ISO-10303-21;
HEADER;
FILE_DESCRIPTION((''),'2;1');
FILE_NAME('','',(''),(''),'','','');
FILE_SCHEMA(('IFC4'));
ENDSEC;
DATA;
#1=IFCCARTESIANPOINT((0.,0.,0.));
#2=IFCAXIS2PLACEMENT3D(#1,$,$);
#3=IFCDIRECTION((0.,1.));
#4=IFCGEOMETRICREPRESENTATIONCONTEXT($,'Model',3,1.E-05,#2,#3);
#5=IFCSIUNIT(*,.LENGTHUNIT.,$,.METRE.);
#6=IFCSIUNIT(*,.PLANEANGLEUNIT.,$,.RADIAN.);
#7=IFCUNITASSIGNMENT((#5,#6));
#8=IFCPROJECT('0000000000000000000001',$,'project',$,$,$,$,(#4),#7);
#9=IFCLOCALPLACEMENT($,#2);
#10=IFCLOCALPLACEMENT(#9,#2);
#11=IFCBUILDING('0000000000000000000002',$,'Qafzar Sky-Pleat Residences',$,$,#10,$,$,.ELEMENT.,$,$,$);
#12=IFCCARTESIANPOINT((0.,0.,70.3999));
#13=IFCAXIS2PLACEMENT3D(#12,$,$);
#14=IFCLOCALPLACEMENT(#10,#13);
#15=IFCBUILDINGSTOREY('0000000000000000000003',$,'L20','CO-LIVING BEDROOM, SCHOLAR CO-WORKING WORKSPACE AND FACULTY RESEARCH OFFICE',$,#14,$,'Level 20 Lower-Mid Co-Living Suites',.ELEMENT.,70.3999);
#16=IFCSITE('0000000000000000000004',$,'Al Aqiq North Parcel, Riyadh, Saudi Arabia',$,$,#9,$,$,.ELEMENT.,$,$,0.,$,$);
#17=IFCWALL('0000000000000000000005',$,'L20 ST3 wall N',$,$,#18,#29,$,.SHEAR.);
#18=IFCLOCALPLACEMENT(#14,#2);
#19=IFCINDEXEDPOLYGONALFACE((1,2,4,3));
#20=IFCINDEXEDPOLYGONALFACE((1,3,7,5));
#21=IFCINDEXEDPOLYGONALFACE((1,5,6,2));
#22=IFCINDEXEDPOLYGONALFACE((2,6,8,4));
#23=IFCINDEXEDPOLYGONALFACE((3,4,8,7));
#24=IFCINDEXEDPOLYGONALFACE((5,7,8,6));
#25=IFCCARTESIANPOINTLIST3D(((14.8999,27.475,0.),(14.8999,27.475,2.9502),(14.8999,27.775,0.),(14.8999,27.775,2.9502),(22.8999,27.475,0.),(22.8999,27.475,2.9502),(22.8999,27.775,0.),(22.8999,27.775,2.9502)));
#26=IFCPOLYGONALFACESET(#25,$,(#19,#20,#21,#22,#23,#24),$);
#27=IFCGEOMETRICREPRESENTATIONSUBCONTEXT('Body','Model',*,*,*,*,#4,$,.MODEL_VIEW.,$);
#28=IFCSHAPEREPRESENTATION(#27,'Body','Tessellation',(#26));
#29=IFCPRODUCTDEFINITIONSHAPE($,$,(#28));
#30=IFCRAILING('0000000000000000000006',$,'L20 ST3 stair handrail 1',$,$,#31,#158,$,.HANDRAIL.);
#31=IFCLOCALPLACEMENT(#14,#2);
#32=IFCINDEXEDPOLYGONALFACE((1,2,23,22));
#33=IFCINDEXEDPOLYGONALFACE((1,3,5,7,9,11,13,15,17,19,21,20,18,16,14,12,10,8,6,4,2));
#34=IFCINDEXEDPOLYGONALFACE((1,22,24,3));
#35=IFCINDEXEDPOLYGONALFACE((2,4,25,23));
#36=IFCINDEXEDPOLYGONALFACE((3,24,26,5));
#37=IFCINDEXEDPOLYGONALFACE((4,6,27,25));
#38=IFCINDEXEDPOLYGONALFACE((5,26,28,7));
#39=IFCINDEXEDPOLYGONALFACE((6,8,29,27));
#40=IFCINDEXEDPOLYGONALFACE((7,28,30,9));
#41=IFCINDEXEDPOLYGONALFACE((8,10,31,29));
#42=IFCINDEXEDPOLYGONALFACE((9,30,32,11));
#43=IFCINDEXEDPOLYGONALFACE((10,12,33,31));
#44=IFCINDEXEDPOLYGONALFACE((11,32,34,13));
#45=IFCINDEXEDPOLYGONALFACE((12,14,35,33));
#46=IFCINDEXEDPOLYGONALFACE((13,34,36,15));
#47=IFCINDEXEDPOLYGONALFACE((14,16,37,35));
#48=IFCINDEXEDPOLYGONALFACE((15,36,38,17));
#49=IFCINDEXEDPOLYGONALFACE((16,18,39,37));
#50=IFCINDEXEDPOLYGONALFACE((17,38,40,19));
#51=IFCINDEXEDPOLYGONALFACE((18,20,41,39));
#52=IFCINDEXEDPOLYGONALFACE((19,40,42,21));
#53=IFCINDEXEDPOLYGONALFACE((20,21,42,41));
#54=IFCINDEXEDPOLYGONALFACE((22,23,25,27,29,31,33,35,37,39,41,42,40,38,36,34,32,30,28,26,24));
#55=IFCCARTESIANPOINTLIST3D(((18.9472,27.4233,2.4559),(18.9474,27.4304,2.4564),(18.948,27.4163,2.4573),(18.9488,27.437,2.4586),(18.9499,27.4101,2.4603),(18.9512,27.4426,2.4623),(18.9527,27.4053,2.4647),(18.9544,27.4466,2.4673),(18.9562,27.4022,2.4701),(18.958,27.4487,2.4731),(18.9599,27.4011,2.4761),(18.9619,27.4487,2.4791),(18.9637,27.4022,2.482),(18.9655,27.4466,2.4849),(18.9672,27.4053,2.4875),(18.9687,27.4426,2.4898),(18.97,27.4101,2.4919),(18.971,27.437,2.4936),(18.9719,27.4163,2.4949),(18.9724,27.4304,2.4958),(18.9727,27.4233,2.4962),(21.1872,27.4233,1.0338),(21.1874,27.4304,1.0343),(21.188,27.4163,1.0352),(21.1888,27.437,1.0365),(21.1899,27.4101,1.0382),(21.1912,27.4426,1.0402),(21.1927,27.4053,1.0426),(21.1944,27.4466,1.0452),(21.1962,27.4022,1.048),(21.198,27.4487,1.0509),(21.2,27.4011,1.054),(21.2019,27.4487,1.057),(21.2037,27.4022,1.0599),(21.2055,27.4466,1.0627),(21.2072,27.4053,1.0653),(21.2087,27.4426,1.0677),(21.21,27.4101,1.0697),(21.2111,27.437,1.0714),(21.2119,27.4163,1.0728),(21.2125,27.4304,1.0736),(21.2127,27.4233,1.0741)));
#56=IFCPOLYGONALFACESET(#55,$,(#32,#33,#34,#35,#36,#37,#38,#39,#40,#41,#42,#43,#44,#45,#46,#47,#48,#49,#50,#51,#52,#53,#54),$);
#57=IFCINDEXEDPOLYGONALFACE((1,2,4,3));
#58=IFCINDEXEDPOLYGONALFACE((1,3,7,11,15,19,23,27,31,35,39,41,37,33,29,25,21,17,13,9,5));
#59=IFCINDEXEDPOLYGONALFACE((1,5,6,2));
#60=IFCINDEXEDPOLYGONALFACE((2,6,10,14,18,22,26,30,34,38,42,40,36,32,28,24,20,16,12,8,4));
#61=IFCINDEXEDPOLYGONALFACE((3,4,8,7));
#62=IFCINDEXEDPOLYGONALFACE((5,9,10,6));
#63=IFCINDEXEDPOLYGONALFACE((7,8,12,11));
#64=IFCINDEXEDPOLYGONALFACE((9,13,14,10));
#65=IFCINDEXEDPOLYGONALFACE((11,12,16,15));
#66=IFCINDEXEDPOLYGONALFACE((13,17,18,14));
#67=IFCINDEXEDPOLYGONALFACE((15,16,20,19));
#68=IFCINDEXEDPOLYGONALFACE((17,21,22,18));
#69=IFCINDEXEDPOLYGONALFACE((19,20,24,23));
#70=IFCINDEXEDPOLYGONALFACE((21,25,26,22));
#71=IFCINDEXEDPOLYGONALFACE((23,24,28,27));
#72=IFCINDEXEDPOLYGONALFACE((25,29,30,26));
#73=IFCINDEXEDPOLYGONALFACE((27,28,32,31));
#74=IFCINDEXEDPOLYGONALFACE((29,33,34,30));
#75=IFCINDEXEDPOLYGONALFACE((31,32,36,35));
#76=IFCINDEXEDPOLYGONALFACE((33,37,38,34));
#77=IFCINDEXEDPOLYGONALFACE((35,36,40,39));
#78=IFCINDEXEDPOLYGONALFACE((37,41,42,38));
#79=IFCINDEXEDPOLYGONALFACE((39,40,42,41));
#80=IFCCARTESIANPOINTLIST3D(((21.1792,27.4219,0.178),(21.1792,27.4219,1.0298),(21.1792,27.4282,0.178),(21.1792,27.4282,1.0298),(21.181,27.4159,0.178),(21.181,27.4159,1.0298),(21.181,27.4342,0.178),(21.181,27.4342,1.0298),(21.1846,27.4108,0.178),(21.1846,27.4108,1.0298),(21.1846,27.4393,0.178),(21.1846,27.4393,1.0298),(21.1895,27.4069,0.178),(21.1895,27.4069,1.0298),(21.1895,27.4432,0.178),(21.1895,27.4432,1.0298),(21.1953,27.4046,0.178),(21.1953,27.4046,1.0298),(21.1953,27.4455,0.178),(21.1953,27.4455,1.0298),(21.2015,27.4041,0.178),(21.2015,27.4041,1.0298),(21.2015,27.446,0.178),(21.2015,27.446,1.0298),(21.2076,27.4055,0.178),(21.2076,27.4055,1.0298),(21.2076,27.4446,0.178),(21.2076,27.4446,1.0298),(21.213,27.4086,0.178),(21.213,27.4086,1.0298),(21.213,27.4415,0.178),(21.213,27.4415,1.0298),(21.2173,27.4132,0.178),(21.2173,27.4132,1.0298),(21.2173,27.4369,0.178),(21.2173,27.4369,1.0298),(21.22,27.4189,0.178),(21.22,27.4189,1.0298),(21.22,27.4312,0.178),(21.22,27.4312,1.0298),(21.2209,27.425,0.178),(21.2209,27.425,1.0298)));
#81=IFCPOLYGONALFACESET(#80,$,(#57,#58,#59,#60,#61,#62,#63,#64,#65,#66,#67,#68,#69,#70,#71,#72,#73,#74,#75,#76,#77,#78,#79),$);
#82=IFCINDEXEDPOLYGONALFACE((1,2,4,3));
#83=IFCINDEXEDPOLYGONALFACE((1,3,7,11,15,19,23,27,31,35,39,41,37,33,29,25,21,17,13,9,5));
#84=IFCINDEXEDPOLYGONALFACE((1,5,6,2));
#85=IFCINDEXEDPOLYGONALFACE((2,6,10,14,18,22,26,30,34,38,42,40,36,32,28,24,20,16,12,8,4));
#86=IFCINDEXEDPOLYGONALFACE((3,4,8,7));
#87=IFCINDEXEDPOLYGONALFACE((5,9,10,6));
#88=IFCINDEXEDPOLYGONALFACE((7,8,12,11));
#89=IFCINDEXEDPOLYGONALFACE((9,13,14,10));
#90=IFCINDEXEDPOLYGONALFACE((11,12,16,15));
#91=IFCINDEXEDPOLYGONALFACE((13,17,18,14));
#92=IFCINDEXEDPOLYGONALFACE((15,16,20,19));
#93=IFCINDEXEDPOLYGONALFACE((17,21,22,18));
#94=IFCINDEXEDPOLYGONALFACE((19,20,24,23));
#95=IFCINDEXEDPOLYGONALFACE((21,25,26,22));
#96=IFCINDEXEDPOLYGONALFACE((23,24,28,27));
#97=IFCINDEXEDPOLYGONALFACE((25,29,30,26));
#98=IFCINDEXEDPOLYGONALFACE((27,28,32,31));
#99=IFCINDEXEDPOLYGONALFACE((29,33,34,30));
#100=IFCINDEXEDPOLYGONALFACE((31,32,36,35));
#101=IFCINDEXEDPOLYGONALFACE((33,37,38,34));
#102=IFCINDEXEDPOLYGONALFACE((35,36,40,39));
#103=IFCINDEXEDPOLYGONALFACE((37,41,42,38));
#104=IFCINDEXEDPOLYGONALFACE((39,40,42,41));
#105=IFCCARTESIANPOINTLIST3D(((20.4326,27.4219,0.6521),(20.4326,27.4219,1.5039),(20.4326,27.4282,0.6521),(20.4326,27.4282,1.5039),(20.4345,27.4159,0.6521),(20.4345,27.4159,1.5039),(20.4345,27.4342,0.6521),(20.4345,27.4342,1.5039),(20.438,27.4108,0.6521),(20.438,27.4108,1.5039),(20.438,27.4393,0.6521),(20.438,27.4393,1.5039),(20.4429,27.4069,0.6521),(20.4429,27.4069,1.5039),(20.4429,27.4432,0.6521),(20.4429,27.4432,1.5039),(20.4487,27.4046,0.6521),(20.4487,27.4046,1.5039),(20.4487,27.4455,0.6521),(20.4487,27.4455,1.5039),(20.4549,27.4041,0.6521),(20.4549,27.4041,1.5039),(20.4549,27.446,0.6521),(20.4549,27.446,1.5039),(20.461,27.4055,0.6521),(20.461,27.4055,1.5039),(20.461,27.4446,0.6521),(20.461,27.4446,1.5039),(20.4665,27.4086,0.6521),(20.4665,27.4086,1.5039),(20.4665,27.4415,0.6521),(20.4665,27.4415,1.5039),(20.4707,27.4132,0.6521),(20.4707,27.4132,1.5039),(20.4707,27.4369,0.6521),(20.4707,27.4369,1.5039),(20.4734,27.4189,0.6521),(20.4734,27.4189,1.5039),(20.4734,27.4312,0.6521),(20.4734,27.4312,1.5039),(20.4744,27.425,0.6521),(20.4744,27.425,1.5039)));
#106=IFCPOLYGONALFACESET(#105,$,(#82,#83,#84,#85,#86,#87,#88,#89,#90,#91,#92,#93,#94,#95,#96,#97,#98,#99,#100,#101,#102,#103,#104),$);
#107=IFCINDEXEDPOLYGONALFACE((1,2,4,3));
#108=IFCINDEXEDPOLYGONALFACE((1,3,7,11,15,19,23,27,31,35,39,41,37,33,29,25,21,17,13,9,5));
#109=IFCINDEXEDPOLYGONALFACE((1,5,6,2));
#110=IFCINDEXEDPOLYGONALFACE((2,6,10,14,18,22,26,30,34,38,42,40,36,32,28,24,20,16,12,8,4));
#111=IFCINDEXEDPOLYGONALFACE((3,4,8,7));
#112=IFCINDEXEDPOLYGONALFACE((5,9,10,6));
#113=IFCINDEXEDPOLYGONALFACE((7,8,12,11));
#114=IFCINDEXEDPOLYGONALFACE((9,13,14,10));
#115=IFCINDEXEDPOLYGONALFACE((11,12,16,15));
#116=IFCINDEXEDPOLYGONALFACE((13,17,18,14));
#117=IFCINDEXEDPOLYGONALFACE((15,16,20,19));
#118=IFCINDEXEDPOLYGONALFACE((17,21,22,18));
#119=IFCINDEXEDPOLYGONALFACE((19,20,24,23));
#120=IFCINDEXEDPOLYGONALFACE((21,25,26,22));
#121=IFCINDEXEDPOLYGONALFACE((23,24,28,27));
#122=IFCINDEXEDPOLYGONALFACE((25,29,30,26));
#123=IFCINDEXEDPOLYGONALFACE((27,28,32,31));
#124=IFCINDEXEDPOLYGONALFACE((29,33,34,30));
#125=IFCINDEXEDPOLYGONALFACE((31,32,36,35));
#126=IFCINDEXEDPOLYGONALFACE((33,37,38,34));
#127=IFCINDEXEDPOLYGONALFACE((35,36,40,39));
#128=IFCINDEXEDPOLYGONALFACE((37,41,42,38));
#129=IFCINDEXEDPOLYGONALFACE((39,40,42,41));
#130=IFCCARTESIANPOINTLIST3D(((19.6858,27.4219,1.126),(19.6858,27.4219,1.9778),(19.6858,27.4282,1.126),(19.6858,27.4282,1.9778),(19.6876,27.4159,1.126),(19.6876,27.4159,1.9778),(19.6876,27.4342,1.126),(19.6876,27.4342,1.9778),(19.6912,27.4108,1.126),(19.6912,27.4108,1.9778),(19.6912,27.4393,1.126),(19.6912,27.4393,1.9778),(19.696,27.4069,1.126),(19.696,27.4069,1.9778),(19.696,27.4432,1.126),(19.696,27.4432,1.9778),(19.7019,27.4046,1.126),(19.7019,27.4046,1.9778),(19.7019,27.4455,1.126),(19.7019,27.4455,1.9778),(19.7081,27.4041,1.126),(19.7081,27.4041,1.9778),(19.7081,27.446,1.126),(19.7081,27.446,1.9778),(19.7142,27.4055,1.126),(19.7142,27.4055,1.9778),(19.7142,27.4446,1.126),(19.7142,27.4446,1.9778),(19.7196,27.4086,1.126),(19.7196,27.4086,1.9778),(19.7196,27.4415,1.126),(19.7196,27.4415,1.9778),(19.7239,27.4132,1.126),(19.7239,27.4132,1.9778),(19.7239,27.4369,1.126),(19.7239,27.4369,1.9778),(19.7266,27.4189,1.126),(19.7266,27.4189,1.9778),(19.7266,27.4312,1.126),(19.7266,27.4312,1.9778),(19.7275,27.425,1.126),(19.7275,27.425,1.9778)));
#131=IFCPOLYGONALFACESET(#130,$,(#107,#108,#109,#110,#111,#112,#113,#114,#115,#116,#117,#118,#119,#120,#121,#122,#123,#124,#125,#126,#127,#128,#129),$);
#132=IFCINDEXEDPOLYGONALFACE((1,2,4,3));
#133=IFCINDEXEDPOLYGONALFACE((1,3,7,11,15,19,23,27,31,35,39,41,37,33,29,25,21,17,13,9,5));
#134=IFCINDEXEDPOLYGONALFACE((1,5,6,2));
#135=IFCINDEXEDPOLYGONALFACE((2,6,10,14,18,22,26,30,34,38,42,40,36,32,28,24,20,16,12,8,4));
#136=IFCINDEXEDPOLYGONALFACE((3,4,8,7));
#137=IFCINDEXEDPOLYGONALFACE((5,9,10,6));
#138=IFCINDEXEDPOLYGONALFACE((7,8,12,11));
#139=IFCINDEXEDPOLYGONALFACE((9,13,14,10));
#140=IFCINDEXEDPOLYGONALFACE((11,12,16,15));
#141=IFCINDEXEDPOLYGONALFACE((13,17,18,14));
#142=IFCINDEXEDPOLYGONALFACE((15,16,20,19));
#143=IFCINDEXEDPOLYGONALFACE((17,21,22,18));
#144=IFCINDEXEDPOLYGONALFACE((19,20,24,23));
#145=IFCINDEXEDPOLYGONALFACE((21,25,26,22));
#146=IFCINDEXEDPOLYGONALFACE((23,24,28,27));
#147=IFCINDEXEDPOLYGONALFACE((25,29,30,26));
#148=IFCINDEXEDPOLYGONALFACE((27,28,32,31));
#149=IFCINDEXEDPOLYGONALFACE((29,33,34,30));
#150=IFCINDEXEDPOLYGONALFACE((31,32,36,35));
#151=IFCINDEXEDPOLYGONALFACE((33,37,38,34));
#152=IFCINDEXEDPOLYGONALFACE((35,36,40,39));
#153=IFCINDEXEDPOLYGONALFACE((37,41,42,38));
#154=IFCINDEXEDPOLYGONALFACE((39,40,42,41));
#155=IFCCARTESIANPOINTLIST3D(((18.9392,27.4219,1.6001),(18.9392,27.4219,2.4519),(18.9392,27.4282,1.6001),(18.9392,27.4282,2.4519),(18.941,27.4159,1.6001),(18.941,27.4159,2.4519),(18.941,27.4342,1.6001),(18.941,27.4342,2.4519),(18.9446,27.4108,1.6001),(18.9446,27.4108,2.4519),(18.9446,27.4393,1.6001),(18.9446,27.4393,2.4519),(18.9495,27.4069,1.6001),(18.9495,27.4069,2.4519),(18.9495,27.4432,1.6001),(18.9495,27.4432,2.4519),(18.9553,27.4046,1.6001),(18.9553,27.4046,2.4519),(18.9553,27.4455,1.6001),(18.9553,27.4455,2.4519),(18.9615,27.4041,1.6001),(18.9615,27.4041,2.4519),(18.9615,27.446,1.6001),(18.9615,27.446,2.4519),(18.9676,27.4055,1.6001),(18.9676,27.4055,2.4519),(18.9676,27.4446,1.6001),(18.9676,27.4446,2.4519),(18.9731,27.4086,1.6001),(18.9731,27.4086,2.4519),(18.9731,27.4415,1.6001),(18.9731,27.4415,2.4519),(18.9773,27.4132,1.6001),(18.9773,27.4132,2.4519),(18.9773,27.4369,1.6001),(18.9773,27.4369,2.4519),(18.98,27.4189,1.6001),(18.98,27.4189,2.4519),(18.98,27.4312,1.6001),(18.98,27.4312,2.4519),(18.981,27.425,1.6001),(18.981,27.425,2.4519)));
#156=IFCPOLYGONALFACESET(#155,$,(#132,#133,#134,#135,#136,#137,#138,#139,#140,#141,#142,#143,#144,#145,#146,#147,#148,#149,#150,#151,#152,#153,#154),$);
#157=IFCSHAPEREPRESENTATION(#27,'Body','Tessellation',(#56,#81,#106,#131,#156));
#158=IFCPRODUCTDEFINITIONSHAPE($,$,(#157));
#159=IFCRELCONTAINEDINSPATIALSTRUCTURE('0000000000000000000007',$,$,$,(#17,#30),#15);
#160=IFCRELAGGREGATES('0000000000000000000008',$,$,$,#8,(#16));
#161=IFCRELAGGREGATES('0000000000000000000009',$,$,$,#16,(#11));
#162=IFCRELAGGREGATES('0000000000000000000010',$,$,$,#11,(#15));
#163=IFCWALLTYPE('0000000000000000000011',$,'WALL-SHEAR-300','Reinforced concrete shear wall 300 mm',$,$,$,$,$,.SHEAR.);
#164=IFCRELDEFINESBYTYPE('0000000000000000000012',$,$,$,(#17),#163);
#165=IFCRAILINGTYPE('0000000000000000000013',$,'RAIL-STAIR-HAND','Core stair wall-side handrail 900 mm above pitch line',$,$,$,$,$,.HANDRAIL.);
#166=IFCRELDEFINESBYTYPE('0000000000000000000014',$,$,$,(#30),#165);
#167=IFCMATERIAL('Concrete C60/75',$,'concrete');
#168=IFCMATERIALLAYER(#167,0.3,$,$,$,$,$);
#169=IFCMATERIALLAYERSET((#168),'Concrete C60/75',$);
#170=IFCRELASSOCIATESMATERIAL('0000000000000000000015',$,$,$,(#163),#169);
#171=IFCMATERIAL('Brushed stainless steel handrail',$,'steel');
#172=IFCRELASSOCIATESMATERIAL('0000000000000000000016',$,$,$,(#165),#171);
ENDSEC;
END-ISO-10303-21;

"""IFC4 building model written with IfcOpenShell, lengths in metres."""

from ifc_helpers import new_model, si_unit, direction, frame, frame_2d, origin, origin_2d, place, context, subcontext, project, spatial, rectangle, circle, extrude, source, transform, mapped, material, layer, layer_set, type_object, element, save


model = new_model("IFC4")

# Units and contexts
model_context = context("Model", 3, precision=1e-05, world=origin(), true_north=direction((0.0, 1.0)))
body_context = subcontext(model_context, "Body", "Model", "MODEL_VIEW")
ifc_project = project(units=[si_unit("LENGTHUNIT", "METRE"), si_unit("PLANEANGLEUNIT", "RADIAN")], contexts=[model_context])

# Site, building, storey
site_placement = place(None, origin())
site = spatial("IfcSite", under=ifc_project, at=site_placement, Name="Al Aqiq North Parcel, Riyadh, Saudi Arabia", CompositionType="ELEMENT", RefElevation=0.0)
building_placement = place(site_placement, origin())
building = spatial("IfcBuilding", under=site, at=building_placement, Name="Qafzar Sky-Pleat Residences", CompositionType="ELEMENT")
storey_placement = place(building_placement, frame((0.0, 0.0, 70.3999)))
storey = spatial("IfcBuildingStorey", under=building, at=storey_placement, Name="L20", Description="CO-LIVING BEDROOM, SCHOLAR CO-WORKING WORKSPACE AND FACULTY RESEARCH OFFICE", LongName="Level 20 Lower-Mid Co-Living Suites", CompositionType="ELEMENT", Elevation=70.3999)

# Shared definitions
ifc_material_1 = material(Name="Concrete C60/75", Category="concrete")
ifc_layer_1 = layer(ifc_material_1, 0.3)
ifc_layer_set_1 = layer_set([ifc_layer_1], Name="Concrete C60/75")
wall_type_1 = type_object("IfcWallType", Name="WALL-SHEAR-300", Description="Reinforced concrete shear wall 300 mm", PredefinedType="SHEAR", material=ifc_layer_set_1)

# Wall
wall_1_placement = place(storey_placement, frame((22.8999, 27.625, 0.0), z_axis=(0.0, 0.0, 1.0), x_axis=(-1.0, 0.0, 0.0)))
element("IfcWall", 1, at=wall_1_placement, inside=storey, type_object=wall_type_1, Name="L20 ST3 wall N", PredefinedType="SHEAR", context=body_context, shape_type="SweptSolid", body=[
    extrude(rectangle(XDim=8.0, YDim=0.3, at=frame_2d((4.0, 0.0))), origin(), (0.0, 0.0, 1.0), 2.9502),
])

# Railing
ifc_material_2 = material(Name="Brushed stainless steel handrail", Category="steel")
railing_type = type_object("IfcRailingType", Name="RAIL-STAIR-HAND", Description="Core stair wall-side handrail 900 mm above pitch line", PredefinedType="HANDRAIL", material=ifc_material_2)
shared_shape_1 = source(origin(), body_context, "Body", "SweptSolid", [
    extrude(circle(Radius=0.0239, at=origin_2d()), frame((0.0, 0.0, 0.876), z_axis=(-0.844229, 0.0, 0.535982), x_axis=(0.0, -1.0, 0.0)), (0.0, 0.0, 1.0), 2.6533),
    extrude(circle(Radius=0.021, at=origin_2d()), origin(), (0.0, 0.0, 1.0), 0.8518),
    extrude(circle(Radius=0.021, at=origin_2d()), frame((-0.7466, 0.0, 0.4741)), (0.0, 0.0, 1.0), 0.8518),
    extrude(circle(Radius=0.021, at=origin_2d()), frame((-1.4934, 0.0, 0.948)), (0.0, 0.0, 1.0), 0.8518),
    extrude(circle(Radius=0.021, at=origin_2d()), frame((-2.24, 0.0, 1.4221)), (0.0, 0.0, 1.0), 0.8518),
])
railing_placement = place(storey_placement, frame((21.2, 27.425, 0.178)))
element("IfcRailing", 2, at=railing_placement, inside=storey, type_object=railing_type, Name="L20 ST3 stair handrail 1", PredefinedType="HANDRAIL", context=body_context, shape_type="MappedRepresentation", body=[
    mapped(shared_shape_1, transform((0.0, 0.0, 0.0), x_axis=(1.0, 0.0, 0.0), y_axis=(0.0, 1.0, 0.0), z_axis=(0.0, 0.0, 1.0), scale=1.0)),
])

save(model, "model.ifc")
